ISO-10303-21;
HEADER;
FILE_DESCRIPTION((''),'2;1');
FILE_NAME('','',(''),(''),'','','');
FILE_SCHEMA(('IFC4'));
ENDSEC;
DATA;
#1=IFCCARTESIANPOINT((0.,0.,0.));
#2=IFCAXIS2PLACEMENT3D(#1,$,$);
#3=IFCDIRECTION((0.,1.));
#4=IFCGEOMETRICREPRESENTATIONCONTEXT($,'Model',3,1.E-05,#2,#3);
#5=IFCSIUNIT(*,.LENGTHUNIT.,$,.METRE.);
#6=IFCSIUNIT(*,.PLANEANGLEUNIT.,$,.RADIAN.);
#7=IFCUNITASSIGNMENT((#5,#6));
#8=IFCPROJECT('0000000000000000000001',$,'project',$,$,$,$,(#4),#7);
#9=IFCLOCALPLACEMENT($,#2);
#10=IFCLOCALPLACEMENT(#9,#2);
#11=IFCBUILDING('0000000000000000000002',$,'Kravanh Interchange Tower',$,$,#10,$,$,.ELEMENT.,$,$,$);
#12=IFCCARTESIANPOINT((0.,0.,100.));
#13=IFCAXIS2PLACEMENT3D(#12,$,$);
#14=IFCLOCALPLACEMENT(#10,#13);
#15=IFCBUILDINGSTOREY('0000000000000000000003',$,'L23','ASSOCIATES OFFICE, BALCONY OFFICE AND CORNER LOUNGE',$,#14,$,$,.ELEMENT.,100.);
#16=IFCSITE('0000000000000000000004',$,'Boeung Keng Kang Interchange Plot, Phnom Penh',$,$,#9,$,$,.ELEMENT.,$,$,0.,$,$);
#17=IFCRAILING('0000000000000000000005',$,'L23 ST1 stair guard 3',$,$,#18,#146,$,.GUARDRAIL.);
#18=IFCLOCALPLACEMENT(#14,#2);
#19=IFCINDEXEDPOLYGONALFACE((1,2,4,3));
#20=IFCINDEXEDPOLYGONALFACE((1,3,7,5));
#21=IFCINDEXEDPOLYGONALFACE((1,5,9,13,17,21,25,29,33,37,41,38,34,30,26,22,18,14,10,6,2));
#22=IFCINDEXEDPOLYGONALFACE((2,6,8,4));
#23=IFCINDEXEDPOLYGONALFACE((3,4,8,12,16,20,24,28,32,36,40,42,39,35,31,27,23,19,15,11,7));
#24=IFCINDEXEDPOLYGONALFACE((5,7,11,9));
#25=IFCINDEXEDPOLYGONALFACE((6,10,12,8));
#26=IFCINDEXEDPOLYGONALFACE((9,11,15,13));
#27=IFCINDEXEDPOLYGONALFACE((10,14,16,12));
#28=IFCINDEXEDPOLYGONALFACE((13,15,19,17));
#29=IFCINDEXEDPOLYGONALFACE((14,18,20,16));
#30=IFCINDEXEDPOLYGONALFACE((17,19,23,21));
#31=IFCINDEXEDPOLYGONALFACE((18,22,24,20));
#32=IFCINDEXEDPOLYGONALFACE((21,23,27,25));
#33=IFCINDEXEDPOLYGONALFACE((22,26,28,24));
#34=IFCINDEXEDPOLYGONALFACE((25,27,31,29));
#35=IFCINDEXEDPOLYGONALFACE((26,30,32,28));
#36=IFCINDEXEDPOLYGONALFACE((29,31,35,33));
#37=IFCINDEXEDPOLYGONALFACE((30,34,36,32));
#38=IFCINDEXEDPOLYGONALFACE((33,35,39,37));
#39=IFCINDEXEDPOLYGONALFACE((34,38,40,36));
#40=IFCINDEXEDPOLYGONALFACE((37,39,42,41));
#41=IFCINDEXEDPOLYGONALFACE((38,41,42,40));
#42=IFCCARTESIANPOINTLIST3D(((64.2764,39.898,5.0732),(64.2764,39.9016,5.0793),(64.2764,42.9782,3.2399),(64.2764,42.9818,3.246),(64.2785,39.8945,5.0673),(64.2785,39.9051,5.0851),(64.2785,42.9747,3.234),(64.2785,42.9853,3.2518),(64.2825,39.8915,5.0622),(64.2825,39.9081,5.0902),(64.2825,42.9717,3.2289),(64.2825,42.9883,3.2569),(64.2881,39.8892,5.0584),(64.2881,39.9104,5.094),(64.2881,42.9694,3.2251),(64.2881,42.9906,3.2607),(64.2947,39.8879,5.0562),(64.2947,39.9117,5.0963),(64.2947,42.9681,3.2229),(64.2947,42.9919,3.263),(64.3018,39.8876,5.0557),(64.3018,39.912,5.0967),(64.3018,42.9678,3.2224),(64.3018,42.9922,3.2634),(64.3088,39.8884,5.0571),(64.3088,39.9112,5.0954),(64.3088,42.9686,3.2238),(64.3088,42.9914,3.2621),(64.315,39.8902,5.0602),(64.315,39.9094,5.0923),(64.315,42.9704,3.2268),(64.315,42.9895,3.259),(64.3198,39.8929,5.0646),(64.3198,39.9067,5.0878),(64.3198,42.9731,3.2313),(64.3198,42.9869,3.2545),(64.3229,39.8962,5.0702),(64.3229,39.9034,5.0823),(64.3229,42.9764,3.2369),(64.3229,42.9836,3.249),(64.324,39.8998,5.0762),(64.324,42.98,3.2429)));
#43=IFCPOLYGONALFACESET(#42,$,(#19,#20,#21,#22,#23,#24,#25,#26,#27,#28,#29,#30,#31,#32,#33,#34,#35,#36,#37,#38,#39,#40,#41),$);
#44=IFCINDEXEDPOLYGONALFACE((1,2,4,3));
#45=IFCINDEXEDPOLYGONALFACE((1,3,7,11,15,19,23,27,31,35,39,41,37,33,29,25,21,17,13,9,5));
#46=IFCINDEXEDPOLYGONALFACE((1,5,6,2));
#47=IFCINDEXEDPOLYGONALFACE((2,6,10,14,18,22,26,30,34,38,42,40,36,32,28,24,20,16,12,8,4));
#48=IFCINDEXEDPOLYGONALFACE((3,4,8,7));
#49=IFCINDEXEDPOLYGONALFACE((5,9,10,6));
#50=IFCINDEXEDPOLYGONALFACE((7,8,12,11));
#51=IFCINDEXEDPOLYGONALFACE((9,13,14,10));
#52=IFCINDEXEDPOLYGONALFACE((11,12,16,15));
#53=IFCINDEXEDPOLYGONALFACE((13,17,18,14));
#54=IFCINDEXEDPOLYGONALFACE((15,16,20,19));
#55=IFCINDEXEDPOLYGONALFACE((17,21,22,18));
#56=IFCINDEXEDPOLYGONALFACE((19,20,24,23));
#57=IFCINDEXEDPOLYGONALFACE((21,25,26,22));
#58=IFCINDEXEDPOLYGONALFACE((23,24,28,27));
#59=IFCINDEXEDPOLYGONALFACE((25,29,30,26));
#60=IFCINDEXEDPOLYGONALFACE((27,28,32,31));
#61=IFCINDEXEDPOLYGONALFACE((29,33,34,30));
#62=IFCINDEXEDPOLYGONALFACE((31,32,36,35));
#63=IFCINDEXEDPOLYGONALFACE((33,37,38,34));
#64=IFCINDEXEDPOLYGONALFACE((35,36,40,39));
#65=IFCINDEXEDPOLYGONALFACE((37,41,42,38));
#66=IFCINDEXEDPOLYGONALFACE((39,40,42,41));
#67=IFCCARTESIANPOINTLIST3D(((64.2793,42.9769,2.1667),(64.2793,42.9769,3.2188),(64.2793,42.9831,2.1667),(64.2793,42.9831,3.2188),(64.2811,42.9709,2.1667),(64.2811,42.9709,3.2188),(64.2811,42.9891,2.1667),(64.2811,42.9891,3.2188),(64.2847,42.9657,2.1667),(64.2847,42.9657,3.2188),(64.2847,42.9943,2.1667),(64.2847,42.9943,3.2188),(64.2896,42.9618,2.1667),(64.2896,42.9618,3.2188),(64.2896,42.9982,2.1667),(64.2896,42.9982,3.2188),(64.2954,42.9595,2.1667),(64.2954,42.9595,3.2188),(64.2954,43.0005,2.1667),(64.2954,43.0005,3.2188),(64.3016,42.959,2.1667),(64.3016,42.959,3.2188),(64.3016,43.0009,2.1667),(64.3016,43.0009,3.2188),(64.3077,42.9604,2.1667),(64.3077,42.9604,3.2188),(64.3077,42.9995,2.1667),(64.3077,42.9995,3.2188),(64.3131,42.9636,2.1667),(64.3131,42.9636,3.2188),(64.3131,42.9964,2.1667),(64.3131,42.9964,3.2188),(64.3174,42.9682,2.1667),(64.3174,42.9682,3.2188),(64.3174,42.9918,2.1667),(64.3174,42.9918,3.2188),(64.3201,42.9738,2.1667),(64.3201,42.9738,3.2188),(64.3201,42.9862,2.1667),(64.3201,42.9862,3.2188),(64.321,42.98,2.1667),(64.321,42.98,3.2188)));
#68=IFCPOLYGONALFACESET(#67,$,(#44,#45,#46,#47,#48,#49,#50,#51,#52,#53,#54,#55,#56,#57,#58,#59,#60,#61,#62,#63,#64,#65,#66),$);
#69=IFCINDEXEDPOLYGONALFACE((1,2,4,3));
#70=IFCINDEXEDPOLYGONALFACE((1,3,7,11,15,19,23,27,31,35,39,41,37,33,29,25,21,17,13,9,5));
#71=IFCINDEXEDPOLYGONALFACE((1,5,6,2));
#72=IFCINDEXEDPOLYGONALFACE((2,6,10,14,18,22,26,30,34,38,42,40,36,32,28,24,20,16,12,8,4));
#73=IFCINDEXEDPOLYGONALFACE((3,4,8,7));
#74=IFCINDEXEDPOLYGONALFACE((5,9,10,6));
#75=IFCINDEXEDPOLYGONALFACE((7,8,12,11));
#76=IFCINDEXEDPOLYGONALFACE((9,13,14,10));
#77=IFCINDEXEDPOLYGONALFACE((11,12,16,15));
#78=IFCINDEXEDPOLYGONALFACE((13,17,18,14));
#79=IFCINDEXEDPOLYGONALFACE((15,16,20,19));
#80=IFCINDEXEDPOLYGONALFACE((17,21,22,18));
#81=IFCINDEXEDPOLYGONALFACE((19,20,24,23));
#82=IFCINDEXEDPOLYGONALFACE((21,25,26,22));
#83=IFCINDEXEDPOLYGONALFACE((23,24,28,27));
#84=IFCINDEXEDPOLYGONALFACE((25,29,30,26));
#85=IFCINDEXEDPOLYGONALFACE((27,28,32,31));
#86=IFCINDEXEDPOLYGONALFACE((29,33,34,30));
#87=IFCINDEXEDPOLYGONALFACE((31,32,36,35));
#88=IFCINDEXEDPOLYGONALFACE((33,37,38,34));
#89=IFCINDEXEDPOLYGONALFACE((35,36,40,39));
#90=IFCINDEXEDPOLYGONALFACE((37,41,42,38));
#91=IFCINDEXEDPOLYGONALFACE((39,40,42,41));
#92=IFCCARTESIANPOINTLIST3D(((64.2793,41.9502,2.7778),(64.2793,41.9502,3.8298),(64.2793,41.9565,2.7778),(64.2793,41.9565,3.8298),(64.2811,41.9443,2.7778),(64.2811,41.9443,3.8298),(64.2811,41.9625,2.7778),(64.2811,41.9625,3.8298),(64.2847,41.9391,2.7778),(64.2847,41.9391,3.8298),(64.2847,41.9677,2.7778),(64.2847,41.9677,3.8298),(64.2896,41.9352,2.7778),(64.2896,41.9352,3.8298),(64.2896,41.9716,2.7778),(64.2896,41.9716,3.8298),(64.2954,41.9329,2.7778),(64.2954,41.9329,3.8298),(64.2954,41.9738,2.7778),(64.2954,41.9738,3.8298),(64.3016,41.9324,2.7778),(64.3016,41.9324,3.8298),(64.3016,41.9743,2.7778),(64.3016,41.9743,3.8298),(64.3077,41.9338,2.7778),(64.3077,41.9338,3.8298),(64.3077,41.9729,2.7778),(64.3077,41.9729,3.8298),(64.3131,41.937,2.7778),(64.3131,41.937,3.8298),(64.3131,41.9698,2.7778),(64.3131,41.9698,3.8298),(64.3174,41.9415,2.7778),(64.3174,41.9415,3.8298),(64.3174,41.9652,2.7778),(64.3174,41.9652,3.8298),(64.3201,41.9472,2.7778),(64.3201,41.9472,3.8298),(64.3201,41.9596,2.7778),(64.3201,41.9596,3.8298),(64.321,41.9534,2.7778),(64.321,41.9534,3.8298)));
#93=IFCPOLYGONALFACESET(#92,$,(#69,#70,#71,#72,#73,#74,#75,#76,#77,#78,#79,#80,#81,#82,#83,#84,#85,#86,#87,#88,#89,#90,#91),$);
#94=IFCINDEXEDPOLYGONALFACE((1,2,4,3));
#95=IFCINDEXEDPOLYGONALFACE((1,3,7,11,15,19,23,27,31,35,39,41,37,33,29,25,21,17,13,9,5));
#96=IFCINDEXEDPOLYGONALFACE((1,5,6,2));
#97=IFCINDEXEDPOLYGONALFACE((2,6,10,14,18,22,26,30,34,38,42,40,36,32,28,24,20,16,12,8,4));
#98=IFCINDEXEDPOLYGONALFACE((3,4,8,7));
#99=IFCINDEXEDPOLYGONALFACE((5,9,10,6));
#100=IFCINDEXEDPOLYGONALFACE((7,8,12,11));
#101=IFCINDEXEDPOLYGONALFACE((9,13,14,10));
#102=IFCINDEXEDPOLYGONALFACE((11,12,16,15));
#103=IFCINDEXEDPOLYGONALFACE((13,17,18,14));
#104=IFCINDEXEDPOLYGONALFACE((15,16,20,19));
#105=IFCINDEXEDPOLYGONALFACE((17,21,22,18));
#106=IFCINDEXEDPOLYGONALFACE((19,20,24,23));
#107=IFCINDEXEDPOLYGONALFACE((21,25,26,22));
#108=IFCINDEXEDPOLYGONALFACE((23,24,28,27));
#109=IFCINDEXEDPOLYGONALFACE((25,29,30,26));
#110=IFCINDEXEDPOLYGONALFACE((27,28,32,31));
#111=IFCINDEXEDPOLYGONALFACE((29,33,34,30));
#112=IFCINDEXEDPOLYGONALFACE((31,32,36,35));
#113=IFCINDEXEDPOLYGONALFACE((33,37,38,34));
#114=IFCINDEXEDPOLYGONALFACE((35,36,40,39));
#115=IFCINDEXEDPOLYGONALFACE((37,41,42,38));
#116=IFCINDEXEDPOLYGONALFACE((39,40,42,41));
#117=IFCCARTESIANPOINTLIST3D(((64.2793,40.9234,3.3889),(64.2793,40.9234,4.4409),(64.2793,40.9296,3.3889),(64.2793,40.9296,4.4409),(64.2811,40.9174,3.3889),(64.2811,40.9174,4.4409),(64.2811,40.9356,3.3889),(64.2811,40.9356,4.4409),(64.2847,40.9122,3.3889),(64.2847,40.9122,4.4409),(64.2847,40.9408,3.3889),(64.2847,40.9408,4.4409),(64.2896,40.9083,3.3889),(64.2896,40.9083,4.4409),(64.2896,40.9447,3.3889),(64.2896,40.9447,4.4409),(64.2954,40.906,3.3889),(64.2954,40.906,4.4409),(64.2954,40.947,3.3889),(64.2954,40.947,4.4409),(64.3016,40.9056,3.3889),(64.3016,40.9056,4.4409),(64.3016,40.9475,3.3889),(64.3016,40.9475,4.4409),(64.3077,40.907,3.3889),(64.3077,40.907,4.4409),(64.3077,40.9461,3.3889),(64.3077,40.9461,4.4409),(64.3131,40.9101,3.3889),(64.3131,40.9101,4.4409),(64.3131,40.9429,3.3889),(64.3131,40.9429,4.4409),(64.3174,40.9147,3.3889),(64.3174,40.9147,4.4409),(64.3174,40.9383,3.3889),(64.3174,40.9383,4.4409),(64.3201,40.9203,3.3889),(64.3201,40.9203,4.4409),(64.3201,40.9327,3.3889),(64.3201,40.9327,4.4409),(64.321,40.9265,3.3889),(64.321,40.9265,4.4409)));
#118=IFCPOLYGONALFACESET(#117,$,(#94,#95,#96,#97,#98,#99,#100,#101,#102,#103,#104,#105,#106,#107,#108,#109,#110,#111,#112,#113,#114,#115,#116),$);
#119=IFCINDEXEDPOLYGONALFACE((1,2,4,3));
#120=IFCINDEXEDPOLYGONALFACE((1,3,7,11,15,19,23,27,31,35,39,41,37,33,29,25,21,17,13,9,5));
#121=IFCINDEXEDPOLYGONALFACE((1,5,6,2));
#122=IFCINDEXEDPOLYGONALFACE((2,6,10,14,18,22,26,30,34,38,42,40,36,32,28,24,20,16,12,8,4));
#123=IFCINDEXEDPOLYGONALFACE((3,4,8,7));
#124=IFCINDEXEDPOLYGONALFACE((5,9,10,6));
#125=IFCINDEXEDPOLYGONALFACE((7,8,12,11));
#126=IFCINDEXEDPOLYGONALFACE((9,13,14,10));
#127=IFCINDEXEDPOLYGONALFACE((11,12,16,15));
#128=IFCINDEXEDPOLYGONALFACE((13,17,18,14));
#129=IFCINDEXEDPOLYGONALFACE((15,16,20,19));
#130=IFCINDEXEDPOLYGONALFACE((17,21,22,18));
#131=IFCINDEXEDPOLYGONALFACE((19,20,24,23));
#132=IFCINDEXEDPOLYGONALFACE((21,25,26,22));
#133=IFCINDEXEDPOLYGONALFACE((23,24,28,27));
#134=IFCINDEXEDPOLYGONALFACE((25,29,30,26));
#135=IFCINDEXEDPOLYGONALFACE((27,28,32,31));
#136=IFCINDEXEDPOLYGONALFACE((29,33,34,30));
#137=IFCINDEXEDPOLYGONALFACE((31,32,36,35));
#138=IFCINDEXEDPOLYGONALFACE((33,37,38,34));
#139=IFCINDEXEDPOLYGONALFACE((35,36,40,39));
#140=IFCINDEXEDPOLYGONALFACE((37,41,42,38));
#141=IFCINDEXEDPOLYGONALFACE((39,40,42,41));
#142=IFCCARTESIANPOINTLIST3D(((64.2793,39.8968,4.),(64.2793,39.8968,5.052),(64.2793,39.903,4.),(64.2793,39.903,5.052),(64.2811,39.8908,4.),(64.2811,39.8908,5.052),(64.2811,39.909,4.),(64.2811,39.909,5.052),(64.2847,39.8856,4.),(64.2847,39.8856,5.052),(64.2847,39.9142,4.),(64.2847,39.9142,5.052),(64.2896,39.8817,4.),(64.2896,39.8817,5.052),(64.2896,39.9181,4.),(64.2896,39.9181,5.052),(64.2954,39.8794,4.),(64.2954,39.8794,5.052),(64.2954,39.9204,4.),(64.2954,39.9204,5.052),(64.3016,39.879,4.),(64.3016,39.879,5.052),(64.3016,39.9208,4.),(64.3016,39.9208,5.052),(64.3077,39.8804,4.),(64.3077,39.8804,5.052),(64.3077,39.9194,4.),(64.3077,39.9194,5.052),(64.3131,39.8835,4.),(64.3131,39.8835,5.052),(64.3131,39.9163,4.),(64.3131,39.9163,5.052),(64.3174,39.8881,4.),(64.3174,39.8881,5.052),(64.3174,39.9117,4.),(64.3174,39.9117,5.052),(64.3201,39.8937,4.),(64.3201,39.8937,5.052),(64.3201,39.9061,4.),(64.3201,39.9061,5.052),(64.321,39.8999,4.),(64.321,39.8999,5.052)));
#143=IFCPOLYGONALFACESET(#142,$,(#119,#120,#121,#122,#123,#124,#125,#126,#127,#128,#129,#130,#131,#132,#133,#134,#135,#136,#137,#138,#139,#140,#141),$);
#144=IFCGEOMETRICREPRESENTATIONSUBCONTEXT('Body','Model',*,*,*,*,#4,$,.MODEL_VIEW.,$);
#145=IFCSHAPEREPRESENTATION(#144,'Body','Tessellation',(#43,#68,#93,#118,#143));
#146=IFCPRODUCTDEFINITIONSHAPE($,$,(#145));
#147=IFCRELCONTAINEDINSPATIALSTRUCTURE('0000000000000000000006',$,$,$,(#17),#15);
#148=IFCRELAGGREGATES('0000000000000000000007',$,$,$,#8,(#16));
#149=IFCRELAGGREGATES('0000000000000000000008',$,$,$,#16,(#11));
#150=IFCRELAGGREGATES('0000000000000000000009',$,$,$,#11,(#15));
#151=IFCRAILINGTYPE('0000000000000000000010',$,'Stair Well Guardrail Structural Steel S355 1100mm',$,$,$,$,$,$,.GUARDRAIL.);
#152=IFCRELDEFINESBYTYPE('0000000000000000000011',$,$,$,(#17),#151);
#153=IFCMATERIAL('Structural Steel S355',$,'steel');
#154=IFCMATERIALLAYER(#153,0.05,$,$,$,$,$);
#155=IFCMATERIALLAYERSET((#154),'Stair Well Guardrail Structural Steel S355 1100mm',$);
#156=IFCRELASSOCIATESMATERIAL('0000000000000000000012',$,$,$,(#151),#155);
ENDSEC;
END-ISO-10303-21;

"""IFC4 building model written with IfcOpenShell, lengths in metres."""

from ifc_helpers import new_model, si_unit, direction, frame, origin, origin_2d, place, context, subcontext, project, spatial, circle, extrude, material, layer, layer_set, type_object, element, save


model = new_model("IFC4")

# Units and contexts
model_context = context("Model", 3, precision=1e-05, world=origin(), true_north=direction((0.0, 1.0)))
body_context = subcontext(model_context, "Body", "Model", "MODEL_VIEW")
ifc_project = project(units=[si_unit("LENGTHUNIT", "METRE"), si_unit("PLANEANGLEUNIT", "RADIAN")], contexts=[model_context])

# Site, building, storey
site_placement = place(None, origin())
site = spatial("IfcSite", under=ifc_project, at=site_placement, Name="Boeung Keng Kang Interchange Plot, Phnom Penh", CompositionType="ELEMENT", RefElevation=0.0)
building_placement = place(site_placement, origin())
building = spatial("IfcBuilding", under=site, at=building_placement, Name="Kravanh Interchange Tower", CompositionType="ELEMENT")
storey_placement = place(building_placement, frame((0.0, 0.0, 100.0)))
storey = spatial("IfcBuildingStorey", under=building, at=storey_placement, Name="L23", Description="ASSOCIATES OFFICE, BALCONY OFFICE AND CORNER LOUNGE", CompositionType="ELEMENT", Elevation=100.0)

# Railing
ifc_material_1 = material(Name="Structural Steel S355", Category="steel")
ifc_layer_1 = layer(ifc_material_1, 0.05)
ifc_layer_set_1 = layer_set([ifc_layer_1], Name="Stair Well Guardrail Structural Steel S355 1100mm")
railing_type_1 = type_object("IfcRailingType", Name="Stair Well Guardrail Structural Steel S355 1100mm", PredefinedType="GUARDRAIL", material=ifc_layer_set_1)
railing_1_placement = place(storey_placement, frame((64.3, 42.98, 2.1667)))
element("IfcRailing", 1, at=railing_1_placement, inside=storey, type_object=railing_type_1, Name="L23 ST1 stair guard 3", PredefinedType="GUARDRAIL", context=body_context, shape_type="SweptSolid", body=[
    extrude(circle(Radius=0.0239, at=origin_2d()), frame((0.0, 0.0, 1.0762), z_axis=(0.0, -0.859309, 0.511458), x_axis=(1.0, 0.0, 0.0)), (0.0, 0.0, 1.0), 3.5845),
    extrude(circle(Radius=0.021, at=origin_2d()), origin(), (0.0, 0.0, 1.0), 1.052),
    extrude(circle(Radius=0.021, at=origin_2d()), frame((0.0, -1.0266, 0.6111)), (0.0, 0.0, 1.0), 1.052),
    extrude(circle(Radius=0.021, at=origin_2d()), frame((0.0, -2.0535, 1.2222)), (0.0, 0.0, 1.0), 1.052),
    extrude(circle(Radius=0.021, at=origin_2d()), frame((0.0, -3.0801, 1.8333)), (0.0, 0.0, 1.0), 1.052),
])

save(model, "model.ifc")
